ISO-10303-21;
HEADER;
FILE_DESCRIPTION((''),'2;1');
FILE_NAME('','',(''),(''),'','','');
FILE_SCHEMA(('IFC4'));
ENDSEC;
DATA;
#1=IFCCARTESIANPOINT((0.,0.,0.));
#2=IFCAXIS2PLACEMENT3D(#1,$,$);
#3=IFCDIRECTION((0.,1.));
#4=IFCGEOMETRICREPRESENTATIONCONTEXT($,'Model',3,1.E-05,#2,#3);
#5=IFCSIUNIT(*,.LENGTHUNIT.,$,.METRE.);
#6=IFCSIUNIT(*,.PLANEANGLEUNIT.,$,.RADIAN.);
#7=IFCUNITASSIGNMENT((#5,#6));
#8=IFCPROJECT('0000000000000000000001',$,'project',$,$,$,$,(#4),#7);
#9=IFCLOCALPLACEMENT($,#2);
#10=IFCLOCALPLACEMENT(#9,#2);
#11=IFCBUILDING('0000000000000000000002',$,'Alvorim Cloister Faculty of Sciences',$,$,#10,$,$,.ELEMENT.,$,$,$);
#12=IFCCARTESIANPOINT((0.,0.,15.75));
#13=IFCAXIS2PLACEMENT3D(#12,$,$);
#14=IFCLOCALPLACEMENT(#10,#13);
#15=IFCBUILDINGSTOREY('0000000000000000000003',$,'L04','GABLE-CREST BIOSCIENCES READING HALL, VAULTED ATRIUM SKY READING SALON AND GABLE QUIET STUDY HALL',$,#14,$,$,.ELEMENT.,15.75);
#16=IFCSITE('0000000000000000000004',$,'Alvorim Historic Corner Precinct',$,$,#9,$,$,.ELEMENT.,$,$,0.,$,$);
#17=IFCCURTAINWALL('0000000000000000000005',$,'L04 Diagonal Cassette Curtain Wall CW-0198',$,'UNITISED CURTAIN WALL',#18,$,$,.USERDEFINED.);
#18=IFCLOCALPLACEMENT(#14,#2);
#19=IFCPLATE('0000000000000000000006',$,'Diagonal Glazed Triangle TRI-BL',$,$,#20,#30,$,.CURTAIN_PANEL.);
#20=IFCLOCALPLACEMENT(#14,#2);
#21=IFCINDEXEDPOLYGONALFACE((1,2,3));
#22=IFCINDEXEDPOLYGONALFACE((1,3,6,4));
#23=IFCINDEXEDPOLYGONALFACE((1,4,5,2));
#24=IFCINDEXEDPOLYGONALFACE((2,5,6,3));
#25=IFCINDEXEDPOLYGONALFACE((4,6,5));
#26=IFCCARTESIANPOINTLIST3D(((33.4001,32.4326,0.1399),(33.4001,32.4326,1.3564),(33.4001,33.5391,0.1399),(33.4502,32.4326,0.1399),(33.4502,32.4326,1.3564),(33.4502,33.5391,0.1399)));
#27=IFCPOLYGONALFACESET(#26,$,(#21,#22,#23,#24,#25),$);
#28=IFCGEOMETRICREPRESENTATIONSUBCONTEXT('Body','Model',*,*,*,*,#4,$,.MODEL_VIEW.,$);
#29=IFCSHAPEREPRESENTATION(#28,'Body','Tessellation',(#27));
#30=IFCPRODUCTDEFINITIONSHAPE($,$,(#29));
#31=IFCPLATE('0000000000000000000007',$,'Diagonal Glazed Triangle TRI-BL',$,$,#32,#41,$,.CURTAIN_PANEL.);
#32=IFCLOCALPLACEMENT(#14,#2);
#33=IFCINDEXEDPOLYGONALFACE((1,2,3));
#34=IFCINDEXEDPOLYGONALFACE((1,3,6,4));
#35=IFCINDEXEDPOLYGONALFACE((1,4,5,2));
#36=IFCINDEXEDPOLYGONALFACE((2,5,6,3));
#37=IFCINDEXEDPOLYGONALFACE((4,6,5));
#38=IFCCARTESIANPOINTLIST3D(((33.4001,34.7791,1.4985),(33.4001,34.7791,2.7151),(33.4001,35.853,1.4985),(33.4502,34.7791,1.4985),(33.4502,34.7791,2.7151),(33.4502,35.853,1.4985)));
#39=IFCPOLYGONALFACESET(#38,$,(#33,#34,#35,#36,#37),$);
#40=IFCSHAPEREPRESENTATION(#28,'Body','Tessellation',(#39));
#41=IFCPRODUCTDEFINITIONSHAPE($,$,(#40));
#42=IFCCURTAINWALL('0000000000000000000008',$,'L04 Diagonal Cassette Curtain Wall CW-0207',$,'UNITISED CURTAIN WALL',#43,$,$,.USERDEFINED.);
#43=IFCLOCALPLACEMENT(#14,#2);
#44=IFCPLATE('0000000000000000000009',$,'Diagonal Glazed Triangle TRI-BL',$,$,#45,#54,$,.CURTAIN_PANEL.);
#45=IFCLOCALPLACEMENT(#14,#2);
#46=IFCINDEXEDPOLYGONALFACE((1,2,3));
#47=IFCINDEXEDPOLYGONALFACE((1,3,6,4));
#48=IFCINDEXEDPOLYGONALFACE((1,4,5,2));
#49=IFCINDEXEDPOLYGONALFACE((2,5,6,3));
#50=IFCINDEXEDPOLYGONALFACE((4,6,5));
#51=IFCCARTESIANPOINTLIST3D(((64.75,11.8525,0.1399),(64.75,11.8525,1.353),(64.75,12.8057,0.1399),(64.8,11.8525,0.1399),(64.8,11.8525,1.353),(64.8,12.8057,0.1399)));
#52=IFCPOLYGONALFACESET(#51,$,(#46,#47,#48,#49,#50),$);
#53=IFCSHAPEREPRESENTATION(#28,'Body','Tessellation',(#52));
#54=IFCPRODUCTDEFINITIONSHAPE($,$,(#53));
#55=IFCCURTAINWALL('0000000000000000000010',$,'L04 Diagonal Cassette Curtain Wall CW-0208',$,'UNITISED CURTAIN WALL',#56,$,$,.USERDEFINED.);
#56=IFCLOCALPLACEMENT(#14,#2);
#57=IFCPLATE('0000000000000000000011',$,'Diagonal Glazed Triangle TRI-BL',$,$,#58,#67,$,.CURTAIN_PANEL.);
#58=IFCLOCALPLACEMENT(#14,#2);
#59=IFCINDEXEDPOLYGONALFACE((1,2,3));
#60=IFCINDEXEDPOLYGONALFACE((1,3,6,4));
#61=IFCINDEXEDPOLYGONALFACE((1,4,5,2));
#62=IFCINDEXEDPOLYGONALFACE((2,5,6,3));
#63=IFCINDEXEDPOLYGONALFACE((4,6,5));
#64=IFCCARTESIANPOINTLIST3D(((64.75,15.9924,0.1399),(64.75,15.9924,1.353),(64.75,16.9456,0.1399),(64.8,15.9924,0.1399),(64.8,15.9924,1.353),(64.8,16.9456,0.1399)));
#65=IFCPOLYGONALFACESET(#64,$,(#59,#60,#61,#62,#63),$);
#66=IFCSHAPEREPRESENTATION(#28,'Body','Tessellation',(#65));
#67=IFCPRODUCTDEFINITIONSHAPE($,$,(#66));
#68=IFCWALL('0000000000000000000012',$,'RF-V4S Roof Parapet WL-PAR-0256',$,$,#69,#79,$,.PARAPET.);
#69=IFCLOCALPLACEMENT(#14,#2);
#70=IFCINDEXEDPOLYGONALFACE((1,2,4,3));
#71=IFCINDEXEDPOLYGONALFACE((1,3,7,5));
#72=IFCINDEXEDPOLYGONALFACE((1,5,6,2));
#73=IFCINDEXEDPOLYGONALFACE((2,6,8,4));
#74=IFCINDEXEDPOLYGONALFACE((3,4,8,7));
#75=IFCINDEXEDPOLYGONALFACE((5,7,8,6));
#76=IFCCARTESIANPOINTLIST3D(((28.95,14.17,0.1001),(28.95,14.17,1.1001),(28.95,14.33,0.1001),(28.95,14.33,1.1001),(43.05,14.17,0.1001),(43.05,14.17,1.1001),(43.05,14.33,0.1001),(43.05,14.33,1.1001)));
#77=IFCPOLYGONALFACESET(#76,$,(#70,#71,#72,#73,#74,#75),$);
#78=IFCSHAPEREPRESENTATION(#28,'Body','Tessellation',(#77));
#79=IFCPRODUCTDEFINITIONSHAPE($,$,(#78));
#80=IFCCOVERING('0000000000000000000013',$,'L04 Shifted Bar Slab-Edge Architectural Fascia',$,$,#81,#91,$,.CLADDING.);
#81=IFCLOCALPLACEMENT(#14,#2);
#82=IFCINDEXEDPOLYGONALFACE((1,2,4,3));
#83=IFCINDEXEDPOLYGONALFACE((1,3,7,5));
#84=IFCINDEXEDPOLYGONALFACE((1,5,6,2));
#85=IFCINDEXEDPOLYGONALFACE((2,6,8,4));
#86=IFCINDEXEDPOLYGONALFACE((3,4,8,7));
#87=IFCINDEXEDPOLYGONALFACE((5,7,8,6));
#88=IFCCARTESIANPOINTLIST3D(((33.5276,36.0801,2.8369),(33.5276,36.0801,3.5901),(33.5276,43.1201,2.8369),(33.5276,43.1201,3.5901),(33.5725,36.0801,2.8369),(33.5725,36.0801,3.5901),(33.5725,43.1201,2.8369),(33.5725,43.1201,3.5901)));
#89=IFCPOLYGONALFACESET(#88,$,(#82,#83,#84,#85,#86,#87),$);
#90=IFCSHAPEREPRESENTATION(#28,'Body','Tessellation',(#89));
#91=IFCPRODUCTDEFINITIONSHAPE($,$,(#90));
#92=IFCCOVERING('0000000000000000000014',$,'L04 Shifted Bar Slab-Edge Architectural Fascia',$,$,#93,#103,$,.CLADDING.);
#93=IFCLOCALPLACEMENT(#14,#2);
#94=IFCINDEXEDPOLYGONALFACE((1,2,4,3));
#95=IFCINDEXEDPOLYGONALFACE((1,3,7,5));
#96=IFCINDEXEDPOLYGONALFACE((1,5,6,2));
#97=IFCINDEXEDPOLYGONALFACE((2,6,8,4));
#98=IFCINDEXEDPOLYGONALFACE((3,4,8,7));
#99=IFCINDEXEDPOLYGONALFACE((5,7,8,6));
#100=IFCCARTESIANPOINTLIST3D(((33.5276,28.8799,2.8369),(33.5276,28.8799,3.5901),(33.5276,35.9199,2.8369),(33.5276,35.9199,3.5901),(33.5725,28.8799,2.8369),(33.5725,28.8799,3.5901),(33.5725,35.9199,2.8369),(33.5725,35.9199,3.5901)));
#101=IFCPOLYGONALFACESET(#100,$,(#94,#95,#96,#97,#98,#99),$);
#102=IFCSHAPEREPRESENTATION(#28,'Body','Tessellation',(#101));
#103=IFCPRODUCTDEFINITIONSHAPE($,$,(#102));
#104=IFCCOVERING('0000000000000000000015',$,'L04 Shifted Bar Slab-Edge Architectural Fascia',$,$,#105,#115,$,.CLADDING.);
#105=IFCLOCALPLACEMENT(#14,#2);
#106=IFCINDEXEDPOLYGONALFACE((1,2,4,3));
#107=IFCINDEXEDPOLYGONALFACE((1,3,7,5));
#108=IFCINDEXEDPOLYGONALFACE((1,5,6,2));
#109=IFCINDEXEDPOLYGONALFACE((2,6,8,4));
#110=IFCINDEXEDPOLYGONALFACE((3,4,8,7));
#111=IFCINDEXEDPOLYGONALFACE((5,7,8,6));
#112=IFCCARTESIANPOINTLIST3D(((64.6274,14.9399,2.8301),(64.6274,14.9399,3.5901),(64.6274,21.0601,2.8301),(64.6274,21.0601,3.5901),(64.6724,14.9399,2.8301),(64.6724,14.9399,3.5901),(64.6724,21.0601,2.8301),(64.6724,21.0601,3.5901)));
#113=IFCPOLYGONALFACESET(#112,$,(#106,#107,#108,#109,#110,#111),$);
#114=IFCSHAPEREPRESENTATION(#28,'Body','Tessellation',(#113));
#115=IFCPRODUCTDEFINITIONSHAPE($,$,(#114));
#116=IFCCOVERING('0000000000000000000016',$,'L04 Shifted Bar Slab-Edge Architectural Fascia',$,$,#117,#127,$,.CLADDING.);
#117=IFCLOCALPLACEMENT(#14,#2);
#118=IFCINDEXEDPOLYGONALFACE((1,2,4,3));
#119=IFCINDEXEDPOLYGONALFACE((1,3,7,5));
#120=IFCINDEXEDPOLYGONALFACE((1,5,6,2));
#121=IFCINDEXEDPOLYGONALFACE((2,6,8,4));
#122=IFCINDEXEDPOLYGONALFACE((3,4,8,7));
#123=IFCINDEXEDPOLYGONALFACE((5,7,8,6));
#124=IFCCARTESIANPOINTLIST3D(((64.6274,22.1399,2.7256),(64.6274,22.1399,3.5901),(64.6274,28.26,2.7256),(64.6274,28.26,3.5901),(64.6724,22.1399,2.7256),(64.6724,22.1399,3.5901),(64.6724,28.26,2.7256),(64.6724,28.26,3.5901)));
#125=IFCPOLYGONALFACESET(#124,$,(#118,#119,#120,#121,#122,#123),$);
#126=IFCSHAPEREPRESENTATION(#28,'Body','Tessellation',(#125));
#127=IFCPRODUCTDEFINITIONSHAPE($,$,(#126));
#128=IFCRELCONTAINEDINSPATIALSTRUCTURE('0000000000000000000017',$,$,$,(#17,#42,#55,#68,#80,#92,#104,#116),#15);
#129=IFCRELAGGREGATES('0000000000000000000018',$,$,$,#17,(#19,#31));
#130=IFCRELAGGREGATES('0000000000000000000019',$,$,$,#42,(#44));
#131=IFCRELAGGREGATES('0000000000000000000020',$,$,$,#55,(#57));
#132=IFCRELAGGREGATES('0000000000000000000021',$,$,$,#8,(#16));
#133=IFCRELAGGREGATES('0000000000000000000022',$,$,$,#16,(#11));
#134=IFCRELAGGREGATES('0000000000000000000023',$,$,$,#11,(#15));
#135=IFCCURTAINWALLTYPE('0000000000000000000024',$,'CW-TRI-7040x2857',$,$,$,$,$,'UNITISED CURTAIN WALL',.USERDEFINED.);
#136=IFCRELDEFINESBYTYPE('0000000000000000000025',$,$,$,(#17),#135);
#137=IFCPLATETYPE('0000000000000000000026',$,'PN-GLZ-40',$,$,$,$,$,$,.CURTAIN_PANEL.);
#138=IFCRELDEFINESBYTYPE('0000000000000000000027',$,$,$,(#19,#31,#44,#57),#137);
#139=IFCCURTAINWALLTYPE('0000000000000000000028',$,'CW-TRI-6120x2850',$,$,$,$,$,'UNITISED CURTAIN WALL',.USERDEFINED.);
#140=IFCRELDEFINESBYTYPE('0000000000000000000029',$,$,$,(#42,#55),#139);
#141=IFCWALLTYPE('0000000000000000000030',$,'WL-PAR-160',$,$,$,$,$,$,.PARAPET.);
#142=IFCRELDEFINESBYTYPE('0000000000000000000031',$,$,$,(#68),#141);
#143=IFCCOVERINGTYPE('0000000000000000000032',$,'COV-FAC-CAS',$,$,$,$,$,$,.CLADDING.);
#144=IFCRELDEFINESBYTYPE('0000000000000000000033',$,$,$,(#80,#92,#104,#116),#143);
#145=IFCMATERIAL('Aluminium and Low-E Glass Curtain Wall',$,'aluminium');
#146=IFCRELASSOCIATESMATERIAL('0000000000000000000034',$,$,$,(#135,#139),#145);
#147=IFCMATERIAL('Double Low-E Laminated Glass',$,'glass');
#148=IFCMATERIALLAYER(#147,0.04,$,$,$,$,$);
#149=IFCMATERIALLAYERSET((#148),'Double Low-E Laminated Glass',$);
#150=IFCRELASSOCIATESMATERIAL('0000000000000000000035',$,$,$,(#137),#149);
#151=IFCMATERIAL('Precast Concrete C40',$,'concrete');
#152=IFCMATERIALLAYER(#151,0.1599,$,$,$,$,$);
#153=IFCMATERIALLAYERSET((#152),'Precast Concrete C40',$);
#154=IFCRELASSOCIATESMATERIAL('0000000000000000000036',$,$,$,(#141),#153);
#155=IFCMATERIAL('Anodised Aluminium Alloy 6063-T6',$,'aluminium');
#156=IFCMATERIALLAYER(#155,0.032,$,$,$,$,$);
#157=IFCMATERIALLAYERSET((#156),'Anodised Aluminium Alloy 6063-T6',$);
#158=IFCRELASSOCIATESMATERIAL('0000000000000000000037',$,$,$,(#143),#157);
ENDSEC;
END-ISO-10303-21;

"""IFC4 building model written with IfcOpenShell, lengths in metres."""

from ifc_helpers import new_model, si_unit, direction, frame, frame_2d, origin, place, context, subcontext, project, spatial, polyline, rectangle, outline, extrude, material, layer, layer_set, type_object, element, aggregate, save


model = new_model("IFC4")

# Units and contexts
model_context = context("Model", 3, precision=1e-05, world=origin(), true_north=direction((0.0, 1.0)))
body_context = subcontext(model_context, "Body", "Model", "MODEL_VIEW")
ifc_project = project(units=[si_unit("LENGTHUNIT", "METRE"), si_unit("PLANEANGLEUNIT", "RADIAN")], contexts=[model_context])

# Site, building, storey
site_placement = place(None, origin())
site = spatial("IfcSite", under=ifc_project, at=site_placement, Name="Alvorim Historic Corner Precinct", CompositionType="ELEMENT", RefElevation=0.0)
building_placement = place(site_placement, origin())
building = spatial("IfcBuilding", under=site, at=building_placement, Name="Alvorim Cloister Faculty of Sciences", CompositionType="ELEMENT")
storey_placement = place(building_placement, frame((0.0, 0.0, 15.75)))
storey = spatial("IfcBuildingStorey", under=building, at=storey_placement, Name="L04", Description="GABLE-CREST BIOSCIENCES READING HALL, VAULTED ATRIUM SKY READING SALON AND GABLE QUIET STUDY HALL", CompositionType="ELEMENT", Elevation=15.75)

# Curtain walls, plates
ifc_material_1 = material(Name="Aluminium and Low-E Glass Curtain Wall", Category="aluminium")
curtain_wall_type_1 = type_object("IfcCurtainWallType", Name="CW-TRI-7040x2857", ElementType="UNITISED CURTAIN WALL", PredefinedType="USERDEFINED", material=ifc_material_1)
curtain_wall_1_placement = place(storey_placement, origin())
curtain_wall_1 = element("IfcCurtainWall", 1, at=curtain_wall_1_placement, inside=storey, type_object=curtain_wall_type_1, Name="L04 Diagonal Cassette Curtain Wall CW-0198", ObjectType="UNITISED CURTAIN WALL", PredefinedType="USERDEFINED")
ifc_material_2 = material(Name="Double Low-E Laminated Glass", Category="glass")
ifc_layer_1 = layer(ifc_material_2, 0.04)
ifc_layer_set_1 = layer_set([ifc_layer_1], Name="Double Low-E Laminated Glass")
plate_type = type_object("IfcPlateType", Name="PN-GLZ-40", PredefinedType="CURTAIN_PANEL", material=ifc_layer_set_1)
plate_1_placement = place(storey_placement, frame((33.425, 32.4326, 0.1399), z_axis=(0.0, 0.0, 1.0), x_axis=(0.0, 1.0, 0.0)))
plate_1 = element("IfcPlate", 2, at=plate_1_placement, type_object=plate_type, Name="Diagonal Glazed Triangle TRI-BL", PredefinedType="CURTAIN_PANEL", context=body_context, shape_type="SweptSolid", body=[
    extrude(outline(polyline([(0.0, 0.0), (1.1064, 0.0), (0.0, 1.2166), (0.0, 0.0)])), frame((0.0, 0.0249, 0.0), z_axis=(0.0, -1.0, 0.0), x_axis=(1.0, 0.0, 0.0)), (0.0, 0.0, 1.0), 0.05),
])
plate_2_placement = place(storey_placement, frame((33.425, 34.7791, 1.4985), z_axis=(0.0, 0.0, 1.0), x_axis=(0.0, 1.0, 0.0)))
plate_2 = element("IfcPlate", 3, at=plate_2_placement, type_object=plate_type, Name="Diagonal Glazed Triangle TRI-BL", PredefinedType="CURTAIN_PANEL", context=body_context, shape_type="SweptSolid", body=[
    extrude(outline(polyline([(0.0, 0.0), (1.074, 0.0), (0.0, 1.2166), (0.0, 0.0)])), frame((0.0, 0.0249, 0.0), z_axis=(0.0, -1.0, 0.0), x_axis=(1.0, 0.0, 0.0)), (0.0, 0.0, 1.0), 0.05),
])
aggregate(curtain_wall_1, [plate_1, plate_2])
curtain_wall_type_2 = type_object("IfcCurtainWallType", Name="CW-TRI-6120x2850", ElementType="UNITISED CURTAIN WALL", PredefinedType="USERDEFINED", material=ifc_material_1)
curtain_wall_2_placement = place(storey_placement, origin())
curtain_wall_2 = element("IfcCurtainWall", 4, at=curtain_wall_2_placement, inside=storey, type_object=curtain_wall_type_2, Name="L04 Diagonal Cassette Curtain Wall CW-0207", ObjectType="UNITISED CURTAIN WALL", PredefinedType="USERDEFINED")
plate_3_placement = place(storey_placement, frame((64.7749, 11.8525, 0.1399), z_axis=(0.0, 0.0, 1.0), x_axis=(0.0, 1.0, 0.0)))
plate_3 = element("IfcPlate", 5, at=plate_3_placement, type_object=plate_type, Name="Diagonal Glazed Triangle TRI-BL", PredefinedType="CURTAIN_PANEL", context=body_context, shape_type="SweptSolid", body=[
    extrude(outline(polyline([(0.0, 0.0), (0.9531, 0.0), (0.0, 1.2131), (0.0, 0.0)])), frame((0.0, 0.0249, 0.0), z_axis=(0.0, -1.0, 0.0), x_axis=(1.0, 0.0, 0.0)), (0.0, 0.0, 1.0), 0.05),
])
aggregate(curtain_wall_2, [plate_3])
curtain_wall_3_placement = place(storey_placement, origin())
curtain_wall_3 = element("IfcCurtainWall", 6, at=curtain_wall_3_placement, inside=storey, type_object=curtain_wall_type_2, Name="L04 Diagonal Cassette Curtain Wall CW-0208", ObjectType="UNITISED CURTAIN WALL", PredefinedType="USERDEFINED")
plate_4_placement = place(storey_placement, frame((64.7749, 15.9924, 0.1399), z_axis=(0.0, 0.0, 1.0), x_axis=(0.0, 1.0, 0.0)))
plate_4 = element("IfcPlate", 7, at=plate_4_placement, type_object=plate_type, Name="Diagonal Glazed Triangle TRI-BL", PredefinedType="CURTAIN_PANEL", context=body_context, shape_type="SweptSolid", body=[
    extrude(outline(polyline([(0.0, 0.0), (0.9531, 0.0), (0.0, 1.2131), (0.0, 0.0)])), frame((0.0, 0.0249, 0.0), z_axis=(0.0, -1.0, 0.0), x_axis=(1.0, 0.0, 0.0)), (0.0, 0.0, 1.0), 0.05),
])
aggregate(curtain_wall_3, [plate_4])

# Wall
ifc_material_3 = material(Name="Precast Concrete C40", Category="concrete")
ifc_layer_2 = layer(ifc_material_3, 0.1599)
ifc_layer_set_2 = layer_set([ifc_layer_2], Name="Precast Concrete C40")
wall_type = type_object("IfcWallType", Name="WL-PAR-160", PredefinedType="PARAPET", material=ifc_layer_set_2)
wall_placement = place(storey_placement, frame((43.05, 14.25, 0.1001), z_axis=(0.0, 0.0, 1.0), x_axis=(-1.0, 0.0, 0.0)))
element("IfcWall", 8, at=wall_placement, inside=storey, type_object=wall_type, Name="RF-V4S Roof Parapet WL-PAR-0256", PredefinedType="PARAPET", context=body_context, shape_type="SweptSolid", body=[
    extrude(rectangle(XDim=14.1001, YDim=0.1599, at=frame_2d((7.05, 0.0))), origin(), (0.0, 0.0, 1.0), 1.0),
])

# Coverings
ifc_material_4 = material(Name="Anodised Aluminium Alloy 6063-T6", Category="aluminium")
ifc_layer_3 = layer(ifc_material_4, 0.032)
ifc_layer_set_3 = layer_set([ifc_layer_3], Name="Anodised Aluminium Alloy 6063-T6")
covering_type = type_object("IfcCoveringType", Name="COV-FAC-CAS", PredefinedType="CLADDING", material=ifc_layer_set_3)
for number, where, z_axis, x_axis, name in (
    (9, (33.55, 36.0801, 2.8369), (0.0, 0.0, 1.0), (0.0, 1.0, 0.0), "L04 Shifted Bar Slab-Edge Architectural Fascia"),
    (10, (33.55, 28.8799, 2.8369), (0.0, 0.0, 1.0), (0.0, 1.0, 0.0), "L04 Shifted Bar Slab-Edge Architectural Fascia"),
):
    element("IfcCovering", number, at=place(storey_placement, frame(where, z_axis=z_axis, x_axis=x_axis)), inside=storey, type_object=covering_type, Name=name, PredefinedType="CLADDING", context=body_context, shape_type="SweptSolid", body=[
        extrude(outline(polyline([(0.0, 0.0), (7.04, 0.0), (7.04, 0.7532), (0.0, 0.7532), (0.0, 0.0)])), frame((0.0, 0.0225, 0.0), z_axis=(0.0, -1.0, 0.0), x_axis=(1.0, 0.0, 0.0)), (0.0, 0.0, 1.0), 0.0449),
    ])
covering_1_placement = place(storey_placement, frame((64.6499, 14.9399, 2.8301), z_axis=(0.0, 0.0, 1.0), x_axis=(0.0, 1.0, 0.0)))
element("IfcCovering", 11, at=covering_1_placement, inside=storey, type_object=covering_type, Name="L04 Shifted Bar Slab-Edge Architectural Fascia", PredefinedType="CLADDING", context=body_context, shape_type="SweptSolid", body=[
    extrude(outline(polyline([(0.0, 0.0), (6.1201, 0.0), (6.1201, 0.76), (0.0, 0.76), (0.0, 0.0)])), frame((0.0, 0.0225, 0.0), z_axis=(0.0, -1.0, 0.0), x_axis=(1.0, 0.0, 0.0)), (0.0, 0.0, 1.0), 0.0449),
])
covering_2_placement = place(storey_placement, frame((64.6499, 22.1399, 2.7256), z_axis=(0.0, 0.0, 1.0), x_axis=(0.0, 1.0, 0.0)))
element("IfcCovering", 12, at=covering_2_placement, inside=storey, type_object=covering_type, Name="L04 Shifted Bar Slab-Edge Architectural Fascia", PredefinedType="CLADDING", context=body_context, shape_type="SweptSolid", body=[
    extrude(outline(polyline([(0.0, 0.0), (6.1201, 0.0), (6.1201, 0.8645), (0.0, 0.8645), (0.0, 0.0)])), frame((0.0, 0.0225, 0.0), z_axis=(0.0, -1.0, 0.0), x_axis=(1.0, 0.0, 0.0)), (0.0, 0.0, 1.0), 0.0449),
])

save(model, "model.ifc")
